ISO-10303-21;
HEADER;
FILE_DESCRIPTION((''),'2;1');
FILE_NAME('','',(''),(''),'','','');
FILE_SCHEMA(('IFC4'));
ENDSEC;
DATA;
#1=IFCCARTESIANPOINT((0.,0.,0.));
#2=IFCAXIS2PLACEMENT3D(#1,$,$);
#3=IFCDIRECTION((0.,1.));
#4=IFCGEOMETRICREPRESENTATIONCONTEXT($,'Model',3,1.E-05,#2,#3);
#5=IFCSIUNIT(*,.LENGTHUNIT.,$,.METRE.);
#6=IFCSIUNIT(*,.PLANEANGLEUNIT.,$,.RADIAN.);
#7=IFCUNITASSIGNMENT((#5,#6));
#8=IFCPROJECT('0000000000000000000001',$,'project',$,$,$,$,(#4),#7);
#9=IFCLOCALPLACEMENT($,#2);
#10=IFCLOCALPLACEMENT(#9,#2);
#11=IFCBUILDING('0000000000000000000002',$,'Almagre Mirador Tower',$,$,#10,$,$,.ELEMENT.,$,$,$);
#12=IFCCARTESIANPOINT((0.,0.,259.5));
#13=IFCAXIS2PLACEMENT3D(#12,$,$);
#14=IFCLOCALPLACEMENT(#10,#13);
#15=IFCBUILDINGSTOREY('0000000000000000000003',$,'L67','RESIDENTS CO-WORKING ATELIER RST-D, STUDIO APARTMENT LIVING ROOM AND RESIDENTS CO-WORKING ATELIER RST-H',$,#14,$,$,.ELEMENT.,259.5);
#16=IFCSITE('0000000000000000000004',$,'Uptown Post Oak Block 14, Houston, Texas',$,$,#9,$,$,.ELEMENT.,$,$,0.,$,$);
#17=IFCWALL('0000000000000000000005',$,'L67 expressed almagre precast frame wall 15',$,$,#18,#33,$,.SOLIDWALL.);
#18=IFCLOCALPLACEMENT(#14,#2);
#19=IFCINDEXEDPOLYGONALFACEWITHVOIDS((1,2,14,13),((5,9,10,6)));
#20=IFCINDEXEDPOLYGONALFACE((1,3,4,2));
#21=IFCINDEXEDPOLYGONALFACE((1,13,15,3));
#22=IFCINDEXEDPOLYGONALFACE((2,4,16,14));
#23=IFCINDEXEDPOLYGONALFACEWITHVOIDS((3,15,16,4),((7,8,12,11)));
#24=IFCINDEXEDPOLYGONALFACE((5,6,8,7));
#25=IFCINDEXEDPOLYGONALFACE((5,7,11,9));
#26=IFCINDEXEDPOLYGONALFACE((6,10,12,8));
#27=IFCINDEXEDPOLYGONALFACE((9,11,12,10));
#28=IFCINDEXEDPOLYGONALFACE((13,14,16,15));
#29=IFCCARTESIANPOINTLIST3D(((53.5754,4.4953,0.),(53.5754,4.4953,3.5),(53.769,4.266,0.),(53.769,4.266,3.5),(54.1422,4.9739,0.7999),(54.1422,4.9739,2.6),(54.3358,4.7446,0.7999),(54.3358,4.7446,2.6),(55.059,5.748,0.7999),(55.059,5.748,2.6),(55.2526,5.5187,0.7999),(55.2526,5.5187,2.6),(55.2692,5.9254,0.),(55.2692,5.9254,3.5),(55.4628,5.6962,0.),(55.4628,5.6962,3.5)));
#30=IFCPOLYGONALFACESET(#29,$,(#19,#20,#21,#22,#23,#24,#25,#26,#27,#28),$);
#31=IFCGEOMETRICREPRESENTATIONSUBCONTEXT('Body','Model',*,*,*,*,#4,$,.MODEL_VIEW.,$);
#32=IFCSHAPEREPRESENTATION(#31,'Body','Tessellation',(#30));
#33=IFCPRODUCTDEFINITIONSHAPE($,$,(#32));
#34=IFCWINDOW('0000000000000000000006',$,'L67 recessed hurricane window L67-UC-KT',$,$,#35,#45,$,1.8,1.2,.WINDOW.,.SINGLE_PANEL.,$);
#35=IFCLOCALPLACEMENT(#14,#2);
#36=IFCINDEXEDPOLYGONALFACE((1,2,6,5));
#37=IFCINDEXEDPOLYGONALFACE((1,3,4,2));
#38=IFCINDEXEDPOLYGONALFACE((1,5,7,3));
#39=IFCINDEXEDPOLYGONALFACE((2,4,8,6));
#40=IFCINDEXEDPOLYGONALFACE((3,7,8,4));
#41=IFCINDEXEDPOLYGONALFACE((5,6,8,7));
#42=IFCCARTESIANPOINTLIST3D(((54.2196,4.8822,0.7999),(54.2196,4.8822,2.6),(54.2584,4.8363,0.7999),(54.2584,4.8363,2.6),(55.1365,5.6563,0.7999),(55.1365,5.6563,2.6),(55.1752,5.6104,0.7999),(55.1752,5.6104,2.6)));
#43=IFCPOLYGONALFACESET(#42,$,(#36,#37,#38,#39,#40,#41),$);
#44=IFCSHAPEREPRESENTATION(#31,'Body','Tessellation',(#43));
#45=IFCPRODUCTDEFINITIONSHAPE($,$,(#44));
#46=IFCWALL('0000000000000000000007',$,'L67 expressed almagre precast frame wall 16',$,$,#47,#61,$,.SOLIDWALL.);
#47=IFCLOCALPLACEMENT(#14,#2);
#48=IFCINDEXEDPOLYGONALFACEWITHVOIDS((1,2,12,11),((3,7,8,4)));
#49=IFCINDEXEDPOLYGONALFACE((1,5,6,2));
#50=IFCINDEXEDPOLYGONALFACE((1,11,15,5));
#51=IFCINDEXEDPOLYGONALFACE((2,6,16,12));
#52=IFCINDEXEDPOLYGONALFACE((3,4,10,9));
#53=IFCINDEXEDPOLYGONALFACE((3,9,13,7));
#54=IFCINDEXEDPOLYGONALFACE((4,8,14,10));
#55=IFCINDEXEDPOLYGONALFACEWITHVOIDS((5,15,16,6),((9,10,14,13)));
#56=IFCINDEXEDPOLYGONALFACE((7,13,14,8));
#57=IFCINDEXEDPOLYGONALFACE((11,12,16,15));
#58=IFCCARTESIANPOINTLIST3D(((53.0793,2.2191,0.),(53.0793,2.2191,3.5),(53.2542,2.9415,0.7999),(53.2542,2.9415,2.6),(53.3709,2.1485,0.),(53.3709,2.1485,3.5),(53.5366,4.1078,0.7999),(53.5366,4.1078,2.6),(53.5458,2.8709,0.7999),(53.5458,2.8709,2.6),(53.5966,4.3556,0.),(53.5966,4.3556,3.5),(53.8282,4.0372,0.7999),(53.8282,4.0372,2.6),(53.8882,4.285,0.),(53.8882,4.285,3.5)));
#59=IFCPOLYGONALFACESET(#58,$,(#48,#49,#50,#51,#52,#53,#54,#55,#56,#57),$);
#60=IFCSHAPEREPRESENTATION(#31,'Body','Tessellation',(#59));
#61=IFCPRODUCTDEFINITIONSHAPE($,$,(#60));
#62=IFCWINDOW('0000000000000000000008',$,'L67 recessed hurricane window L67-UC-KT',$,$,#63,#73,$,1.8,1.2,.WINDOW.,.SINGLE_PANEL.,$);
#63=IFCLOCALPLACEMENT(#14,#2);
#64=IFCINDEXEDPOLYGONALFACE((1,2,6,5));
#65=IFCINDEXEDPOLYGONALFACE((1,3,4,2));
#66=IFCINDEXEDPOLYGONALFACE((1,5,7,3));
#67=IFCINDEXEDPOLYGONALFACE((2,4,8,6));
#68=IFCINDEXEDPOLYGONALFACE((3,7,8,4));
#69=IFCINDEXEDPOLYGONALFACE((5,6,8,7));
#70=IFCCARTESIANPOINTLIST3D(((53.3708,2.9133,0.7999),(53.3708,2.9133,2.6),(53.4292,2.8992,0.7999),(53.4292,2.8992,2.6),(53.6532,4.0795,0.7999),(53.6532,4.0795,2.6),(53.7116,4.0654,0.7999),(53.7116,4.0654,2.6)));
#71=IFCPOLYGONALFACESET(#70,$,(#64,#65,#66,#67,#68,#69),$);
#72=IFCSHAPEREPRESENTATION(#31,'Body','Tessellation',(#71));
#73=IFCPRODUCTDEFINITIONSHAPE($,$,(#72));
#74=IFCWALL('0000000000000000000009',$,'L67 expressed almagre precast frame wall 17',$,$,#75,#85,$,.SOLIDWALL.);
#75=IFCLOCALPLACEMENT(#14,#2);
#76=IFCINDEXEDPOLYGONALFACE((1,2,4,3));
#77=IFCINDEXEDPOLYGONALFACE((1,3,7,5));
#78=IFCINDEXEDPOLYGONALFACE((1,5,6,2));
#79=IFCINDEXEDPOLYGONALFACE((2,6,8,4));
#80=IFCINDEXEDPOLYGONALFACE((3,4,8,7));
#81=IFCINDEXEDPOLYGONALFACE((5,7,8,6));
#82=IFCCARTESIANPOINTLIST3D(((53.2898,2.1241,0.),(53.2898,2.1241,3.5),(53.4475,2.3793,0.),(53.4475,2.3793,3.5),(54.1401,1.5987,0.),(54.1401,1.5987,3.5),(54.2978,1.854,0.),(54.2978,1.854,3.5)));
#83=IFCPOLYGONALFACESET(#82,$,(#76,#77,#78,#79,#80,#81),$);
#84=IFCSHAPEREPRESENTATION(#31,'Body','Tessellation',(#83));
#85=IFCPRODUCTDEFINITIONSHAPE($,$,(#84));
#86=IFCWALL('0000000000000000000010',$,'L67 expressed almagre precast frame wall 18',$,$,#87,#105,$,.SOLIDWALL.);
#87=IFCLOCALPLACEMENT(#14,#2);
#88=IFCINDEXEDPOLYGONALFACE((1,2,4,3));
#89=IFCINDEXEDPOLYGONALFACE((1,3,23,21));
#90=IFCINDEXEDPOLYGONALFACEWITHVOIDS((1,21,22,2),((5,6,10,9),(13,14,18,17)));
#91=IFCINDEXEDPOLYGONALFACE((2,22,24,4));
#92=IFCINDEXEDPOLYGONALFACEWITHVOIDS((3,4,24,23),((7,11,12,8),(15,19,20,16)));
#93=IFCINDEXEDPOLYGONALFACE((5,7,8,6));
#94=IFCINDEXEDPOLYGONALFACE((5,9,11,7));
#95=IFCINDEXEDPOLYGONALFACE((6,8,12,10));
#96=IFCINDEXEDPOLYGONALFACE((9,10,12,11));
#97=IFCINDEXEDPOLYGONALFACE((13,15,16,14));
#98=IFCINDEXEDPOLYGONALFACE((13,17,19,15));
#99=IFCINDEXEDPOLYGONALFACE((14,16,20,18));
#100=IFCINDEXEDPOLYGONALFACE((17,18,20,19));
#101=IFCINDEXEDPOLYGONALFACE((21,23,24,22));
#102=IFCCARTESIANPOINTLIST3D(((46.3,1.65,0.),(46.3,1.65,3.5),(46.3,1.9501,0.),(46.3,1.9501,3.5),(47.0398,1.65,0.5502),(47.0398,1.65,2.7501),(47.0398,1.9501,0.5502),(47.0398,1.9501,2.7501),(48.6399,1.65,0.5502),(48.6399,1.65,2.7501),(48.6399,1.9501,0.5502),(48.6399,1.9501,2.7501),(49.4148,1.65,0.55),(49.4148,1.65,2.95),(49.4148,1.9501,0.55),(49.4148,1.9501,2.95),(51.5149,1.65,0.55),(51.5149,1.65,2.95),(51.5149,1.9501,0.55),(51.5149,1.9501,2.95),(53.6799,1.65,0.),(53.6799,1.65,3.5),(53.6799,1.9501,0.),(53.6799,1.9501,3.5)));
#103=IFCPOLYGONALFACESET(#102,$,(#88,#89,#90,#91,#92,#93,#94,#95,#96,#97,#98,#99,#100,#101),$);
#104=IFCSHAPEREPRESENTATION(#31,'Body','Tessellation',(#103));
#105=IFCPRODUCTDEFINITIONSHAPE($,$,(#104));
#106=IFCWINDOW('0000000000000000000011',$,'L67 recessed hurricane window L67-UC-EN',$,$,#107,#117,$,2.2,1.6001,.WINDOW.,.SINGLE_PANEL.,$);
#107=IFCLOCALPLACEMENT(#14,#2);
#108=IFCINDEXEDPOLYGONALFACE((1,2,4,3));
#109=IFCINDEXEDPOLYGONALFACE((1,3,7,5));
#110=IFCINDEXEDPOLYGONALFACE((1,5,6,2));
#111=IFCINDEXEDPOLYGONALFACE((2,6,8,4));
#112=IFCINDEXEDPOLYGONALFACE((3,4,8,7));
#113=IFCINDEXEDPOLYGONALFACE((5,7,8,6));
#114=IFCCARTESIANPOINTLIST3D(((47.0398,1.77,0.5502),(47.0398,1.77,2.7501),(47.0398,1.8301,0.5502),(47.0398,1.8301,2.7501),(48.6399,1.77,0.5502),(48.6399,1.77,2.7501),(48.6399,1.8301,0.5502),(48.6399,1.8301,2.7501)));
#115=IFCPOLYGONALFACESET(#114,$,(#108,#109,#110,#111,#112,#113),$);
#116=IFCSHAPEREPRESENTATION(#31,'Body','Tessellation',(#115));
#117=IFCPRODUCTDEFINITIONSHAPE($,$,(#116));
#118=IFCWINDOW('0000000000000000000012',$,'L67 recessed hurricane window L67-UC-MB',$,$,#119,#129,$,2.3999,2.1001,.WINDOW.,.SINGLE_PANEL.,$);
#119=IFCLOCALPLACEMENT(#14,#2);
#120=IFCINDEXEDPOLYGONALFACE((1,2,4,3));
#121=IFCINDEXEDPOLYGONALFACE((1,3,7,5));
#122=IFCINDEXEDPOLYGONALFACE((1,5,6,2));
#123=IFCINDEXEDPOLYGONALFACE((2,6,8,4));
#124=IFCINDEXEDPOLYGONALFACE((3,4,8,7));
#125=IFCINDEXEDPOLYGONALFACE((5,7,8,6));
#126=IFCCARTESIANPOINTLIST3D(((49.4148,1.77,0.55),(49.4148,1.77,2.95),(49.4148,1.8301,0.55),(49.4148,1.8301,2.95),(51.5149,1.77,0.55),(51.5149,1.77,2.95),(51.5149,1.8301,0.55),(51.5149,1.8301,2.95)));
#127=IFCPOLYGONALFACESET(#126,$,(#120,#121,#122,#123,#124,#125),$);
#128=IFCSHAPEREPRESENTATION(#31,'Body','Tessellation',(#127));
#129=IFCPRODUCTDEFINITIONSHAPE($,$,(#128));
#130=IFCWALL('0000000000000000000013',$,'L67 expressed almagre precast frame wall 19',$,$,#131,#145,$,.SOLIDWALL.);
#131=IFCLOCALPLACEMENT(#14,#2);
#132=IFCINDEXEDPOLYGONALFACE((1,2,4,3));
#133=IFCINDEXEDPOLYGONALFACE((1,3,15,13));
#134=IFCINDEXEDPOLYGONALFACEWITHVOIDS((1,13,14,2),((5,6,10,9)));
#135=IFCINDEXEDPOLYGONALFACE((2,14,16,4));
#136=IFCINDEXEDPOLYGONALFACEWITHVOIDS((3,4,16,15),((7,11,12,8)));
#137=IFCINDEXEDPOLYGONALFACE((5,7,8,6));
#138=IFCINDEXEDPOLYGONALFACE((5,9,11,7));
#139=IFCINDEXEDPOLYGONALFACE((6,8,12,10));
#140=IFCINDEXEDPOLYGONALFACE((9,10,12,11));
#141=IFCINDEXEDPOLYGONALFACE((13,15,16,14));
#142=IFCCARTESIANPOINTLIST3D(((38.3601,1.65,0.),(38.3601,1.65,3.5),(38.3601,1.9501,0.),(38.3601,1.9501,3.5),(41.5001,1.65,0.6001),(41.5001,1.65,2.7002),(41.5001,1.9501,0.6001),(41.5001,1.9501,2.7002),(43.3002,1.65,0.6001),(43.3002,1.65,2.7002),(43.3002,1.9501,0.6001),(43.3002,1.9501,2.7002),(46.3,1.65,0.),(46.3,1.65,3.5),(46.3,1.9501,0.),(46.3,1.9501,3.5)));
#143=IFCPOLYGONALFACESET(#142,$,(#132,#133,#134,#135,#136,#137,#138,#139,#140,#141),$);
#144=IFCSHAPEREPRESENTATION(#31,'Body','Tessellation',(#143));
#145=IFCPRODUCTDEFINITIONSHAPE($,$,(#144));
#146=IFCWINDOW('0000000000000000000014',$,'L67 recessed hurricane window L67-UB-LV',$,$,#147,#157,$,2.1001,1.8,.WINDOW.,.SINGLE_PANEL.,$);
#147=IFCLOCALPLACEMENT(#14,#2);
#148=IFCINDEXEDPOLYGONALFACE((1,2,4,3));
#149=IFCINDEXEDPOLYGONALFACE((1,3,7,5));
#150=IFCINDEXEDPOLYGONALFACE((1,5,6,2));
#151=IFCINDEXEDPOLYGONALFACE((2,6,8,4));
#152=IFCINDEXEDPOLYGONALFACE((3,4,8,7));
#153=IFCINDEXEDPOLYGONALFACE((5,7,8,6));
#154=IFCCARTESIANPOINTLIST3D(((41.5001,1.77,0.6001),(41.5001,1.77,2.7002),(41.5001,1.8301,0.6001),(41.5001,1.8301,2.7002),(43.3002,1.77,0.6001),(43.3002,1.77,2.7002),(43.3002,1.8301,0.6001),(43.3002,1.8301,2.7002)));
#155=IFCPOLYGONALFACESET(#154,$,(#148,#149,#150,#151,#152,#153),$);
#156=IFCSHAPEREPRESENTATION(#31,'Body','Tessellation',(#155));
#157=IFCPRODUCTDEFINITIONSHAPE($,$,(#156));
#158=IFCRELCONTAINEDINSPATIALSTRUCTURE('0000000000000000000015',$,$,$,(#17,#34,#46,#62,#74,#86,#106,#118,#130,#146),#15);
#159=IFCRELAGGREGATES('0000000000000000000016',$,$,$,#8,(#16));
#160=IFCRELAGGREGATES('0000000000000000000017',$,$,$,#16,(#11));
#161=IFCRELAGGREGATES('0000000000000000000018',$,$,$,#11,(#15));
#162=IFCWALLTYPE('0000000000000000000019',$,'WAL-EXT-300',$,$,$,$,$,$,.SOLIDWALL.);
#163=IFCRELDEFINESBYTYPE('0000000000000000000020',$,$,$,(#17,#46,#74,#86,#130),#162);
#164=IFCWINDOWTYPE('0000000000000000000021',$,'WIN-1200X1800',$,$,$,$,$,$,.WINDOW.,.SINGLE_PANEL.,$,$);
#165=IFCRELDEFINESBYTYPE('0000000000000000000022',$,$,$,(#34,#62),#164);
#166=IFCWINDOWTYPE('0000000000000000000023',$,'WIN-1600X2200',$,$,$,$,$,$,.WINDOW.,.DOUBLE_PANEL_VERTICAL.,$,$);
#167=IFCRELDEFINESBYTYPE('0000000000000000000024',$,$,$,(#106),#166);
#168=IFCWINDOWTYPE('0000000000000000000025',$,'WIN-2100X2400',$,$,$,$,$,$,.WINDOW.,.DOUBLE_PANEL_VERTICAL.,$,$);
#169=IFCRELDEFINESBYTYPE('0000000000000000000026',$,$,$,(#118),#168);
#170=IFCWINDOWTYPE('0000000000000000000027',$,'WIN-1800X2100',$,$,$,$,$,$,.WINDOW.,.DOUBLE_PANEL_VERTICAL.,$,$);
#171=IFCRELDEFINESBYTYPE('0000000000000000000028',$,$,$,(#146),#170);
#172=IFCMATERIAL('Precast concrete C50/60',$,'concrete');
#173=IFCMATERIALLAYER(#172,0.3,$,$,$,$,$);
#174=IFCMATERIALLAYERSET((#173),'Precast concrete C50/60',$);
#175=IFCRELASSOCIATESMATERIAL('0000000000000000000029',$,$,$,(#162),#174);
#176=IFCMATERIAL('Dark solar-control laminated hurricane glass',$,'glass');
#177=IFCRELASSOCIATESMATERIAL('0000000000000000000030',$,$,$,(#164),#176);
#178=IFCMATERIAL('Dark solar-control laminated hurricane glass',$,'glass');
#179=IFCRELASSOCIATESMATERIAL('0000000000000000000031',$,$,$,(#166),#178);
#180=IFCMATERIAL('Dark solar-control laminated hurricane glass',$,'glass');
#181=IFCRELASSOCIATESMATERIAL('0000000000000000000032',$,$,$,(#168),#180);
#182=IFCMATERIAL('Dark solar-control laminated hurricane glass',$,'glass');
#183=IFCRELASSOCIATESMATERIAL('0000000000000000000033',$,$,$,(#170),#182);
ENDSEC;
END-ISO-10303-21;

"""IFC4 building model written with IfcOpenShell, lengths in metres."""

from ifc_helpers import new_model, si_unit, direction, frame, frame_2d, origin, place, context, subcontext, project, spatial, rectangle, extrude, material, layer, layer_set, type_object, element, fill, save


model = new_model("IFC4")

# Units and contexts
model_context = context("Model", 3, precision=1e-05, world=origin(), true_north=direction((0.0, 1.0)))
body_context = subcontext(model_context, "Body", "Model", "MODEL_VIEW")
ifc_project = project(units=[si_unit("LENGTHUNIT", "METRE"), si_unit("PLANEANGLEUNIT", "RADIAN")], contexts=[model_context])

# Site, building, storey
site_placement = place(None, origin())
site = spatial("IfcSite", under=ifc_project, at=site_placement, Name="Uptown Post Oak Block 14, Houston, Texas", CompositionType="ELEMENT", RefElevation=0.0)
building_placement = place(site_placement, origin())
building = spatial("IfcBuilding", under=site, at=building_placement, Name="Almagre Mirador Tower", CompositionType="ELEMENT")
storey_placement = place(building_placement, frame((0.0, 0.0, 259.5)))
storey = spatial("IfcBuildingStorey", under=building, at=storey_placement, Name="L67", Description="RESIDENTS CO-WORKING ATELIER RST-D, STUDIO APARTMENT LIVING ROOM AND RESIDENTS CO-WORKING ATELIER RST-H", CompositionType="ELEMENT", Elevation=259.5)

# Shared definitions
ifc_material_1 = material(Name="Precast concrete C50/60", Category="concrete")
ifc_layer_1 = layer(ifc_material_1, 0.3)
ifc_layer_set_1 = layer_set([ifc_layer_1], Name="Precast concrete C50/60")
wall_type_1 = type_object("IfcWallType", Name="WAL-EXT-300", PredefinedType="SOLIDWALL", material=ifc_layer_set_1)

# Walls, openings, windows
wall_1_placement = place(storey_placement, frame((55.366, 5.8108, 0.0), z_axis=(0.0, 0.0, 1.0), x_axis=(-0.764071, -0.645132, 0.0)))
wall_1 = element("IfcWall", 1, at=wall_1_placement, inside=storey, type_object=wall_type_1, Name="L67 expressed almagre precast frame wall 15", PredefinedType="SOLIDWALL", context=body_context, shape_type="SweptSolid", body=[
    extrude(rectangle(XDim=2.2168, YDim=0.3, at=frame_2d((1.1084, 0.0))), origin(), (0.0, 0.0, 1.0), 3.5),
])
opening_1_placement = place(wall_1_placement, frame((0.2749, 0.0, 0.8)))
opening_1 = element("IfcOpeningElement", 2, at=opening_1_placement, cuts=wall_1, PredefinedType="OPENING", context=body_context, shape_type="SweptSolid", body=[
    extrude(rectangle(XDim=1.2, YDim=1.8, at=frame_2d((0.6001, 0.8999))), frame((0.0, 0.1599, 0.0), z_axis=(0.0, -1.0, 0.0), x_axis=(1.0, 0.0, 0.0)), (0.0, 0.0, 1.0), 0.32),
])
ifc_material_2 = material(Name="Dark solar-control laminated hurricane glass", Category="glass")
window_type_1 = type_object("IfcWindowType", Name="WIN-1200X1800", PartitioningType="SINGLE_PANEL", PredefinedType="WINDOW", material=ifc_material_2)
window_1_placement = place(opening_1_placement, origin())
window_1 = element("IfcWindow", 3, at=window_1_placement, inside=storey, type_object=window_type_1, Name="L67 recessed hurricane window L67-UC-KT", OverallHeight=1.8, OverallWidth=1.2, PartitioningType="SINGLE_PANEL", PredefinedType="WINDOW", context=body_context, shape_type="SweptSolid", body=[
    extrude(rectangle(XDim=1.2, YDim=1.8, at=frame_2d((0.6001, 0.8999))), frame((0.0, 0.03, 0.0), z_axis=(0.0, -1.0, 0.0), x_axis=(1.0, 0.0, 0.0)), (0.0, 0.0, 1.0), 0.0601),
])
fill(opening_1, window_1)
wall_2_placement = place(storey_placement, frame((53.7424, 4.3203, 0.0), z_axis=(0.0, 0.0, 1.0), x_axis=(-0.235343, -0.971912, 0.0)))
wall_2 = element("IfcWall", 4, at=wall_2_placement, inside=storey, type_object=wall_type_1, Name="L67 expressed almagre precast frame wall 16", PredefinedType="SOLIDWALL", context=body_context, shape_type="SweptSolid", body=[
    extrude(rectangle(XDim=2.1982, YDim=0.3, at=frame_2d((1.0991, 0.0))), origin(), (0.0, 0.0, 1.0), 3.5),
])
opening_2_placement = place(wall_2_placement, frame((0.2549, 0.0, 0.8)))
opening_2 = element("IfcOpeningElement", 5, at=opening_2_placement, cuts=wall_2, PredefinedType="OPENING", context=body_context, shape_type="SweptSolid", body=[
    extrude(rectangle(XDim=1.2, YDim=1.8, at=frame_2d((0.6001, 0.8999))), frame((0.0, 0.1599, 0.0), z_axis=(0.0, -1.0, 0.0), x_axis=(1.0, 0.0, 0.0)), (0.0, 0.0, 1.0), 0.32),
])
window_2_placement = place(opening_2_placement, origin())
window_2 = element("IfcWindow", 6, at=window_2_placement, inside=storey, type_object=window_type_1, Name="L67 recessed hurricane window L67-UC-KT", OverallHeight=1.8, OverallWidth=1.2, PartitioningType="SINGLE_PANEL", PredefinedType="WINDOW", context=body_context, shape_type="SweptSolid", body=[
    extrude(rectangle(XDim=1.2, YDim=1.8, at=frame_2d((0.6001, 0.8999))), frame((0.0, 0.03, 0.0), z_axis=(0.0, -1.0, 0.0), x_axis=(1.0, 0.0, 0.0)), (0.0, 0.0, 1.0), 0.0601),
])
fill(opening_2, window_2)

# Wall
wall_3_placement = place(storey_placement, frame((53.3687, 2.2517, 0.0), z_axis=(0.0, 0.0, 1.0), x_axis=(0.850718, -0.525623, 0.0)))
element("IfcWall", 7, at=wall_3_placement, inside=storey, type_object=wall_type_1, Name="L67 expressed almagre precast frame wall 17", PredefinedType="SOLIDWALL", context=body_context, shape_type="SweptSolid", body=[
    extrude(rectangle(XDim=0.9995, YDim=0.3, at=frame_2d((0.4998, 0.0))), origin(), (0.0, 0.0, 1.0), 3.5),
])

# Wall, openings, windows
wall_4_placement = place(storey_placement, frame((53.6799, 1.8, 0.0), z_axis=(0.0, 0.0, 1.0), x_axis=(-1.0, 0.0, 0.0)))
wall_4 = element("IfcWall", 8, at=wall_4_placement, inside=storey, type_object=wall_type_1, Name="L67 expressed almagre precast frame wall 18", PredefinedType="SOLIDWALL", context=body_context, shape_type="SweptSolid", body=[
    extrude(rectangle(XDim=7.3799, YDim=0.3, at=frame_2d((3.6899, 0.0))), origin(), (0.0, 0.0, 1.0), 3.5),
])
opening_3_placement = place(wall_4_placement, frame((2.165, 0.0, 0.55)))
opening_3 = element("IfcOpeningElement", 9, at=opening_3_placement, cuts=wall_4, PredefinedType="OPENING", context=body_context, shape_type="SweptSolid", body=[
    extrude(rectangle(XDim=2.1001, YDim=2.3999, at=frame_2d((1.05, 1.2))), frame((0.0, 0.1599, 0.0), z_axis=(0.0, -1.0, 0.0), x_axis=(1.0, 0.0, 0.0)), (0.0, 0.0, 1.0), 0.32),
])
opening_4_placement = place(wall_4_placement, frame((5.04, 0.0, 0.55)))
opening_4 = element("IfcOpeningElement", 10, at=opening_4_placement, cuts=wall_4, PredefinedType="OPENING", context=body_context, shape_type="SweptSolid", body=[
    extrude(rectangle(XDim=1.6001, YDim=2.2, at=frame_2d((0.8, 1.1001))), frame((0.0, 0.1599, 0.0), z_axis=(0.0, -1.0, 0.0), x_axis=(1.0, 0.0, 0.0)), (0.0, 0.0, 1.0), 0.32),
])
ifc_material_3 = material(Name="Dark solar-control laminated hurricane glass", Category="glass")
window_type_2 = type_object("IfcWindowType", Name="WIN-1600X2200", PartitioningType="DOUBLE_PANEL_VERTICAL", PredefinedType="WINDOW", material=ifc_material_3)
window_3_placement = place(opening_4_placement, origin())
window_3 = element("IfcWindow", 11, at=window_3_placement, inside=storey, type_object=window_type_2, Name="L67 recessed hurricane window L67-UC-EN", OverallHeight=2.2, OverallWidth=1.6001, PartitioningType="SINGLE_PANEL", PredefinedType="WINDOW", context=body_context, shape_type="SweptSolid", body=[
    extrude(rectangle(XDim=1.6001, YDim=2.2, at=frame_2d((0.8, 1.1001))), frame((0.0, 0.03, 0.0), z_axis=(0.0, -1.0, 0.0), x_axis=(1.0, 0.0, 0.0)), (0.0, 0.0, 1.0), 0.0601),
])
fill(opening_4, window_3)
ifc_material_4 = material(Name="Dark solar-control laminated hurricane glass", Category="glass")
window_type_3 = type_object("IfcWindowType", Name="WIN-2100X2400", PartitioningType="DOUBLE_PANEL_VERTICAL", PredefinedType="WINDOW", material=ifc_material_4)
window_4_placement = place(opening_3_placement, origin())
window_4 = element("IfcWindow", 12, at=window_4_placement, inside=storey, type_object=window_type_3, Name="L67 recessed hurricane window L67-UC-MB", OverallHeight=2.3999, OverallWidth=2.1001, PartitioningType="SINGLE_PANEL", PredefinedType="WINDOW", context=body_context, shape_type="SweptSolid", body=[
    extrude(rectangle(XDim=2.1001, YDim=2.3999, at=frame_2d((1.05, 1.2))), frame((0.0, 0.03, 0.0), z_axis=(0.0, -1.0, 0.0), x_axis=(1.0, 0.0, 0.0)), (0.0, 0.0, 1.0), 0.0601),
])
fill(opening_3, window_4)

# Wall, opening, window
wall_5_placement = place(storey_placement, frame((46.3, 1.8, 0.0), z_axis=(0.0, 0.0, 1.0), x_axis=(-1.0, 0.0, 0.0)))
wall_5 = element("IfcWall", 13, at=wall_5_placement, inside=storey, type_object=wall_type_1, Name="L67 expressed almagre precast frame wall 19", PredefinedType="SOLIDWALL", context=body_context, shape_type="SweptSolid", body=[
    extrude(rectangle(XDim=7.9399, YDim=0.3, at=frame_2d((3.97, 0.0))), origin(), (0.0, 0.0, 1.0), 3.5),
])
opening_5_placement = place(wall_5_placement, frame((3.0, 0.0, 0.6001)))
opening_5 = element("IfcOpeningElement", 14, at=opening_5_placement, cuts=wall_5, PredefinedType="OPENING", context=body_context, shape_type="SweptSolid", body=[
    extrude(rectangle(XDim=1.8, YDim=2.1001, at=frame_2d((0.8999, 1.05))), frame((0.0, 0.1599, 0.0), z_axis=(0.0, -1.0, 0.0), x_axis=(1.0, 0.0, 0.0)), (0.0, 0.0, 1.0), 0.32),
])
ifc_material_5 = material(Name="Dark solar-control laminated hurricane glass", Category="glass")
window_type_4 = type_object("IfcWindowType", Name="WIN-1800X2100", PartitioningType="DOUBLE_PANEL_VERTICAL", PredefinedType="WINDOW", material=ifc_material_5)
window_5_placement = place(opening_5_placement, origin())
window_5 = element("IfcWindow", 15, at=window_5_placement, inside=storey, type_object=window_type_4, Name="L67 recessed hurricane window L67-UB-LV", OverallHeight=2.1001, OverallWidth=1.8, PartitioningType="SINGLE_PANEL", PredefinedType="WINDOW", context=body_context, shape_type="SweptSolid", body=[
    extrude(rectangle(XDim=1.8, YDim=2.1001, at=frame_2d((0.8999, 1.05))), frame((0.0, 0.03, 0.0), z_axis=(0.0, -1.0, 0.0), x_axis=(1.0, 0.0, 0.0)), (0.0, 0.0, 1.0), 0.0601),
])
fill(opening_5, window_5)

save(model, "model.ifc")
